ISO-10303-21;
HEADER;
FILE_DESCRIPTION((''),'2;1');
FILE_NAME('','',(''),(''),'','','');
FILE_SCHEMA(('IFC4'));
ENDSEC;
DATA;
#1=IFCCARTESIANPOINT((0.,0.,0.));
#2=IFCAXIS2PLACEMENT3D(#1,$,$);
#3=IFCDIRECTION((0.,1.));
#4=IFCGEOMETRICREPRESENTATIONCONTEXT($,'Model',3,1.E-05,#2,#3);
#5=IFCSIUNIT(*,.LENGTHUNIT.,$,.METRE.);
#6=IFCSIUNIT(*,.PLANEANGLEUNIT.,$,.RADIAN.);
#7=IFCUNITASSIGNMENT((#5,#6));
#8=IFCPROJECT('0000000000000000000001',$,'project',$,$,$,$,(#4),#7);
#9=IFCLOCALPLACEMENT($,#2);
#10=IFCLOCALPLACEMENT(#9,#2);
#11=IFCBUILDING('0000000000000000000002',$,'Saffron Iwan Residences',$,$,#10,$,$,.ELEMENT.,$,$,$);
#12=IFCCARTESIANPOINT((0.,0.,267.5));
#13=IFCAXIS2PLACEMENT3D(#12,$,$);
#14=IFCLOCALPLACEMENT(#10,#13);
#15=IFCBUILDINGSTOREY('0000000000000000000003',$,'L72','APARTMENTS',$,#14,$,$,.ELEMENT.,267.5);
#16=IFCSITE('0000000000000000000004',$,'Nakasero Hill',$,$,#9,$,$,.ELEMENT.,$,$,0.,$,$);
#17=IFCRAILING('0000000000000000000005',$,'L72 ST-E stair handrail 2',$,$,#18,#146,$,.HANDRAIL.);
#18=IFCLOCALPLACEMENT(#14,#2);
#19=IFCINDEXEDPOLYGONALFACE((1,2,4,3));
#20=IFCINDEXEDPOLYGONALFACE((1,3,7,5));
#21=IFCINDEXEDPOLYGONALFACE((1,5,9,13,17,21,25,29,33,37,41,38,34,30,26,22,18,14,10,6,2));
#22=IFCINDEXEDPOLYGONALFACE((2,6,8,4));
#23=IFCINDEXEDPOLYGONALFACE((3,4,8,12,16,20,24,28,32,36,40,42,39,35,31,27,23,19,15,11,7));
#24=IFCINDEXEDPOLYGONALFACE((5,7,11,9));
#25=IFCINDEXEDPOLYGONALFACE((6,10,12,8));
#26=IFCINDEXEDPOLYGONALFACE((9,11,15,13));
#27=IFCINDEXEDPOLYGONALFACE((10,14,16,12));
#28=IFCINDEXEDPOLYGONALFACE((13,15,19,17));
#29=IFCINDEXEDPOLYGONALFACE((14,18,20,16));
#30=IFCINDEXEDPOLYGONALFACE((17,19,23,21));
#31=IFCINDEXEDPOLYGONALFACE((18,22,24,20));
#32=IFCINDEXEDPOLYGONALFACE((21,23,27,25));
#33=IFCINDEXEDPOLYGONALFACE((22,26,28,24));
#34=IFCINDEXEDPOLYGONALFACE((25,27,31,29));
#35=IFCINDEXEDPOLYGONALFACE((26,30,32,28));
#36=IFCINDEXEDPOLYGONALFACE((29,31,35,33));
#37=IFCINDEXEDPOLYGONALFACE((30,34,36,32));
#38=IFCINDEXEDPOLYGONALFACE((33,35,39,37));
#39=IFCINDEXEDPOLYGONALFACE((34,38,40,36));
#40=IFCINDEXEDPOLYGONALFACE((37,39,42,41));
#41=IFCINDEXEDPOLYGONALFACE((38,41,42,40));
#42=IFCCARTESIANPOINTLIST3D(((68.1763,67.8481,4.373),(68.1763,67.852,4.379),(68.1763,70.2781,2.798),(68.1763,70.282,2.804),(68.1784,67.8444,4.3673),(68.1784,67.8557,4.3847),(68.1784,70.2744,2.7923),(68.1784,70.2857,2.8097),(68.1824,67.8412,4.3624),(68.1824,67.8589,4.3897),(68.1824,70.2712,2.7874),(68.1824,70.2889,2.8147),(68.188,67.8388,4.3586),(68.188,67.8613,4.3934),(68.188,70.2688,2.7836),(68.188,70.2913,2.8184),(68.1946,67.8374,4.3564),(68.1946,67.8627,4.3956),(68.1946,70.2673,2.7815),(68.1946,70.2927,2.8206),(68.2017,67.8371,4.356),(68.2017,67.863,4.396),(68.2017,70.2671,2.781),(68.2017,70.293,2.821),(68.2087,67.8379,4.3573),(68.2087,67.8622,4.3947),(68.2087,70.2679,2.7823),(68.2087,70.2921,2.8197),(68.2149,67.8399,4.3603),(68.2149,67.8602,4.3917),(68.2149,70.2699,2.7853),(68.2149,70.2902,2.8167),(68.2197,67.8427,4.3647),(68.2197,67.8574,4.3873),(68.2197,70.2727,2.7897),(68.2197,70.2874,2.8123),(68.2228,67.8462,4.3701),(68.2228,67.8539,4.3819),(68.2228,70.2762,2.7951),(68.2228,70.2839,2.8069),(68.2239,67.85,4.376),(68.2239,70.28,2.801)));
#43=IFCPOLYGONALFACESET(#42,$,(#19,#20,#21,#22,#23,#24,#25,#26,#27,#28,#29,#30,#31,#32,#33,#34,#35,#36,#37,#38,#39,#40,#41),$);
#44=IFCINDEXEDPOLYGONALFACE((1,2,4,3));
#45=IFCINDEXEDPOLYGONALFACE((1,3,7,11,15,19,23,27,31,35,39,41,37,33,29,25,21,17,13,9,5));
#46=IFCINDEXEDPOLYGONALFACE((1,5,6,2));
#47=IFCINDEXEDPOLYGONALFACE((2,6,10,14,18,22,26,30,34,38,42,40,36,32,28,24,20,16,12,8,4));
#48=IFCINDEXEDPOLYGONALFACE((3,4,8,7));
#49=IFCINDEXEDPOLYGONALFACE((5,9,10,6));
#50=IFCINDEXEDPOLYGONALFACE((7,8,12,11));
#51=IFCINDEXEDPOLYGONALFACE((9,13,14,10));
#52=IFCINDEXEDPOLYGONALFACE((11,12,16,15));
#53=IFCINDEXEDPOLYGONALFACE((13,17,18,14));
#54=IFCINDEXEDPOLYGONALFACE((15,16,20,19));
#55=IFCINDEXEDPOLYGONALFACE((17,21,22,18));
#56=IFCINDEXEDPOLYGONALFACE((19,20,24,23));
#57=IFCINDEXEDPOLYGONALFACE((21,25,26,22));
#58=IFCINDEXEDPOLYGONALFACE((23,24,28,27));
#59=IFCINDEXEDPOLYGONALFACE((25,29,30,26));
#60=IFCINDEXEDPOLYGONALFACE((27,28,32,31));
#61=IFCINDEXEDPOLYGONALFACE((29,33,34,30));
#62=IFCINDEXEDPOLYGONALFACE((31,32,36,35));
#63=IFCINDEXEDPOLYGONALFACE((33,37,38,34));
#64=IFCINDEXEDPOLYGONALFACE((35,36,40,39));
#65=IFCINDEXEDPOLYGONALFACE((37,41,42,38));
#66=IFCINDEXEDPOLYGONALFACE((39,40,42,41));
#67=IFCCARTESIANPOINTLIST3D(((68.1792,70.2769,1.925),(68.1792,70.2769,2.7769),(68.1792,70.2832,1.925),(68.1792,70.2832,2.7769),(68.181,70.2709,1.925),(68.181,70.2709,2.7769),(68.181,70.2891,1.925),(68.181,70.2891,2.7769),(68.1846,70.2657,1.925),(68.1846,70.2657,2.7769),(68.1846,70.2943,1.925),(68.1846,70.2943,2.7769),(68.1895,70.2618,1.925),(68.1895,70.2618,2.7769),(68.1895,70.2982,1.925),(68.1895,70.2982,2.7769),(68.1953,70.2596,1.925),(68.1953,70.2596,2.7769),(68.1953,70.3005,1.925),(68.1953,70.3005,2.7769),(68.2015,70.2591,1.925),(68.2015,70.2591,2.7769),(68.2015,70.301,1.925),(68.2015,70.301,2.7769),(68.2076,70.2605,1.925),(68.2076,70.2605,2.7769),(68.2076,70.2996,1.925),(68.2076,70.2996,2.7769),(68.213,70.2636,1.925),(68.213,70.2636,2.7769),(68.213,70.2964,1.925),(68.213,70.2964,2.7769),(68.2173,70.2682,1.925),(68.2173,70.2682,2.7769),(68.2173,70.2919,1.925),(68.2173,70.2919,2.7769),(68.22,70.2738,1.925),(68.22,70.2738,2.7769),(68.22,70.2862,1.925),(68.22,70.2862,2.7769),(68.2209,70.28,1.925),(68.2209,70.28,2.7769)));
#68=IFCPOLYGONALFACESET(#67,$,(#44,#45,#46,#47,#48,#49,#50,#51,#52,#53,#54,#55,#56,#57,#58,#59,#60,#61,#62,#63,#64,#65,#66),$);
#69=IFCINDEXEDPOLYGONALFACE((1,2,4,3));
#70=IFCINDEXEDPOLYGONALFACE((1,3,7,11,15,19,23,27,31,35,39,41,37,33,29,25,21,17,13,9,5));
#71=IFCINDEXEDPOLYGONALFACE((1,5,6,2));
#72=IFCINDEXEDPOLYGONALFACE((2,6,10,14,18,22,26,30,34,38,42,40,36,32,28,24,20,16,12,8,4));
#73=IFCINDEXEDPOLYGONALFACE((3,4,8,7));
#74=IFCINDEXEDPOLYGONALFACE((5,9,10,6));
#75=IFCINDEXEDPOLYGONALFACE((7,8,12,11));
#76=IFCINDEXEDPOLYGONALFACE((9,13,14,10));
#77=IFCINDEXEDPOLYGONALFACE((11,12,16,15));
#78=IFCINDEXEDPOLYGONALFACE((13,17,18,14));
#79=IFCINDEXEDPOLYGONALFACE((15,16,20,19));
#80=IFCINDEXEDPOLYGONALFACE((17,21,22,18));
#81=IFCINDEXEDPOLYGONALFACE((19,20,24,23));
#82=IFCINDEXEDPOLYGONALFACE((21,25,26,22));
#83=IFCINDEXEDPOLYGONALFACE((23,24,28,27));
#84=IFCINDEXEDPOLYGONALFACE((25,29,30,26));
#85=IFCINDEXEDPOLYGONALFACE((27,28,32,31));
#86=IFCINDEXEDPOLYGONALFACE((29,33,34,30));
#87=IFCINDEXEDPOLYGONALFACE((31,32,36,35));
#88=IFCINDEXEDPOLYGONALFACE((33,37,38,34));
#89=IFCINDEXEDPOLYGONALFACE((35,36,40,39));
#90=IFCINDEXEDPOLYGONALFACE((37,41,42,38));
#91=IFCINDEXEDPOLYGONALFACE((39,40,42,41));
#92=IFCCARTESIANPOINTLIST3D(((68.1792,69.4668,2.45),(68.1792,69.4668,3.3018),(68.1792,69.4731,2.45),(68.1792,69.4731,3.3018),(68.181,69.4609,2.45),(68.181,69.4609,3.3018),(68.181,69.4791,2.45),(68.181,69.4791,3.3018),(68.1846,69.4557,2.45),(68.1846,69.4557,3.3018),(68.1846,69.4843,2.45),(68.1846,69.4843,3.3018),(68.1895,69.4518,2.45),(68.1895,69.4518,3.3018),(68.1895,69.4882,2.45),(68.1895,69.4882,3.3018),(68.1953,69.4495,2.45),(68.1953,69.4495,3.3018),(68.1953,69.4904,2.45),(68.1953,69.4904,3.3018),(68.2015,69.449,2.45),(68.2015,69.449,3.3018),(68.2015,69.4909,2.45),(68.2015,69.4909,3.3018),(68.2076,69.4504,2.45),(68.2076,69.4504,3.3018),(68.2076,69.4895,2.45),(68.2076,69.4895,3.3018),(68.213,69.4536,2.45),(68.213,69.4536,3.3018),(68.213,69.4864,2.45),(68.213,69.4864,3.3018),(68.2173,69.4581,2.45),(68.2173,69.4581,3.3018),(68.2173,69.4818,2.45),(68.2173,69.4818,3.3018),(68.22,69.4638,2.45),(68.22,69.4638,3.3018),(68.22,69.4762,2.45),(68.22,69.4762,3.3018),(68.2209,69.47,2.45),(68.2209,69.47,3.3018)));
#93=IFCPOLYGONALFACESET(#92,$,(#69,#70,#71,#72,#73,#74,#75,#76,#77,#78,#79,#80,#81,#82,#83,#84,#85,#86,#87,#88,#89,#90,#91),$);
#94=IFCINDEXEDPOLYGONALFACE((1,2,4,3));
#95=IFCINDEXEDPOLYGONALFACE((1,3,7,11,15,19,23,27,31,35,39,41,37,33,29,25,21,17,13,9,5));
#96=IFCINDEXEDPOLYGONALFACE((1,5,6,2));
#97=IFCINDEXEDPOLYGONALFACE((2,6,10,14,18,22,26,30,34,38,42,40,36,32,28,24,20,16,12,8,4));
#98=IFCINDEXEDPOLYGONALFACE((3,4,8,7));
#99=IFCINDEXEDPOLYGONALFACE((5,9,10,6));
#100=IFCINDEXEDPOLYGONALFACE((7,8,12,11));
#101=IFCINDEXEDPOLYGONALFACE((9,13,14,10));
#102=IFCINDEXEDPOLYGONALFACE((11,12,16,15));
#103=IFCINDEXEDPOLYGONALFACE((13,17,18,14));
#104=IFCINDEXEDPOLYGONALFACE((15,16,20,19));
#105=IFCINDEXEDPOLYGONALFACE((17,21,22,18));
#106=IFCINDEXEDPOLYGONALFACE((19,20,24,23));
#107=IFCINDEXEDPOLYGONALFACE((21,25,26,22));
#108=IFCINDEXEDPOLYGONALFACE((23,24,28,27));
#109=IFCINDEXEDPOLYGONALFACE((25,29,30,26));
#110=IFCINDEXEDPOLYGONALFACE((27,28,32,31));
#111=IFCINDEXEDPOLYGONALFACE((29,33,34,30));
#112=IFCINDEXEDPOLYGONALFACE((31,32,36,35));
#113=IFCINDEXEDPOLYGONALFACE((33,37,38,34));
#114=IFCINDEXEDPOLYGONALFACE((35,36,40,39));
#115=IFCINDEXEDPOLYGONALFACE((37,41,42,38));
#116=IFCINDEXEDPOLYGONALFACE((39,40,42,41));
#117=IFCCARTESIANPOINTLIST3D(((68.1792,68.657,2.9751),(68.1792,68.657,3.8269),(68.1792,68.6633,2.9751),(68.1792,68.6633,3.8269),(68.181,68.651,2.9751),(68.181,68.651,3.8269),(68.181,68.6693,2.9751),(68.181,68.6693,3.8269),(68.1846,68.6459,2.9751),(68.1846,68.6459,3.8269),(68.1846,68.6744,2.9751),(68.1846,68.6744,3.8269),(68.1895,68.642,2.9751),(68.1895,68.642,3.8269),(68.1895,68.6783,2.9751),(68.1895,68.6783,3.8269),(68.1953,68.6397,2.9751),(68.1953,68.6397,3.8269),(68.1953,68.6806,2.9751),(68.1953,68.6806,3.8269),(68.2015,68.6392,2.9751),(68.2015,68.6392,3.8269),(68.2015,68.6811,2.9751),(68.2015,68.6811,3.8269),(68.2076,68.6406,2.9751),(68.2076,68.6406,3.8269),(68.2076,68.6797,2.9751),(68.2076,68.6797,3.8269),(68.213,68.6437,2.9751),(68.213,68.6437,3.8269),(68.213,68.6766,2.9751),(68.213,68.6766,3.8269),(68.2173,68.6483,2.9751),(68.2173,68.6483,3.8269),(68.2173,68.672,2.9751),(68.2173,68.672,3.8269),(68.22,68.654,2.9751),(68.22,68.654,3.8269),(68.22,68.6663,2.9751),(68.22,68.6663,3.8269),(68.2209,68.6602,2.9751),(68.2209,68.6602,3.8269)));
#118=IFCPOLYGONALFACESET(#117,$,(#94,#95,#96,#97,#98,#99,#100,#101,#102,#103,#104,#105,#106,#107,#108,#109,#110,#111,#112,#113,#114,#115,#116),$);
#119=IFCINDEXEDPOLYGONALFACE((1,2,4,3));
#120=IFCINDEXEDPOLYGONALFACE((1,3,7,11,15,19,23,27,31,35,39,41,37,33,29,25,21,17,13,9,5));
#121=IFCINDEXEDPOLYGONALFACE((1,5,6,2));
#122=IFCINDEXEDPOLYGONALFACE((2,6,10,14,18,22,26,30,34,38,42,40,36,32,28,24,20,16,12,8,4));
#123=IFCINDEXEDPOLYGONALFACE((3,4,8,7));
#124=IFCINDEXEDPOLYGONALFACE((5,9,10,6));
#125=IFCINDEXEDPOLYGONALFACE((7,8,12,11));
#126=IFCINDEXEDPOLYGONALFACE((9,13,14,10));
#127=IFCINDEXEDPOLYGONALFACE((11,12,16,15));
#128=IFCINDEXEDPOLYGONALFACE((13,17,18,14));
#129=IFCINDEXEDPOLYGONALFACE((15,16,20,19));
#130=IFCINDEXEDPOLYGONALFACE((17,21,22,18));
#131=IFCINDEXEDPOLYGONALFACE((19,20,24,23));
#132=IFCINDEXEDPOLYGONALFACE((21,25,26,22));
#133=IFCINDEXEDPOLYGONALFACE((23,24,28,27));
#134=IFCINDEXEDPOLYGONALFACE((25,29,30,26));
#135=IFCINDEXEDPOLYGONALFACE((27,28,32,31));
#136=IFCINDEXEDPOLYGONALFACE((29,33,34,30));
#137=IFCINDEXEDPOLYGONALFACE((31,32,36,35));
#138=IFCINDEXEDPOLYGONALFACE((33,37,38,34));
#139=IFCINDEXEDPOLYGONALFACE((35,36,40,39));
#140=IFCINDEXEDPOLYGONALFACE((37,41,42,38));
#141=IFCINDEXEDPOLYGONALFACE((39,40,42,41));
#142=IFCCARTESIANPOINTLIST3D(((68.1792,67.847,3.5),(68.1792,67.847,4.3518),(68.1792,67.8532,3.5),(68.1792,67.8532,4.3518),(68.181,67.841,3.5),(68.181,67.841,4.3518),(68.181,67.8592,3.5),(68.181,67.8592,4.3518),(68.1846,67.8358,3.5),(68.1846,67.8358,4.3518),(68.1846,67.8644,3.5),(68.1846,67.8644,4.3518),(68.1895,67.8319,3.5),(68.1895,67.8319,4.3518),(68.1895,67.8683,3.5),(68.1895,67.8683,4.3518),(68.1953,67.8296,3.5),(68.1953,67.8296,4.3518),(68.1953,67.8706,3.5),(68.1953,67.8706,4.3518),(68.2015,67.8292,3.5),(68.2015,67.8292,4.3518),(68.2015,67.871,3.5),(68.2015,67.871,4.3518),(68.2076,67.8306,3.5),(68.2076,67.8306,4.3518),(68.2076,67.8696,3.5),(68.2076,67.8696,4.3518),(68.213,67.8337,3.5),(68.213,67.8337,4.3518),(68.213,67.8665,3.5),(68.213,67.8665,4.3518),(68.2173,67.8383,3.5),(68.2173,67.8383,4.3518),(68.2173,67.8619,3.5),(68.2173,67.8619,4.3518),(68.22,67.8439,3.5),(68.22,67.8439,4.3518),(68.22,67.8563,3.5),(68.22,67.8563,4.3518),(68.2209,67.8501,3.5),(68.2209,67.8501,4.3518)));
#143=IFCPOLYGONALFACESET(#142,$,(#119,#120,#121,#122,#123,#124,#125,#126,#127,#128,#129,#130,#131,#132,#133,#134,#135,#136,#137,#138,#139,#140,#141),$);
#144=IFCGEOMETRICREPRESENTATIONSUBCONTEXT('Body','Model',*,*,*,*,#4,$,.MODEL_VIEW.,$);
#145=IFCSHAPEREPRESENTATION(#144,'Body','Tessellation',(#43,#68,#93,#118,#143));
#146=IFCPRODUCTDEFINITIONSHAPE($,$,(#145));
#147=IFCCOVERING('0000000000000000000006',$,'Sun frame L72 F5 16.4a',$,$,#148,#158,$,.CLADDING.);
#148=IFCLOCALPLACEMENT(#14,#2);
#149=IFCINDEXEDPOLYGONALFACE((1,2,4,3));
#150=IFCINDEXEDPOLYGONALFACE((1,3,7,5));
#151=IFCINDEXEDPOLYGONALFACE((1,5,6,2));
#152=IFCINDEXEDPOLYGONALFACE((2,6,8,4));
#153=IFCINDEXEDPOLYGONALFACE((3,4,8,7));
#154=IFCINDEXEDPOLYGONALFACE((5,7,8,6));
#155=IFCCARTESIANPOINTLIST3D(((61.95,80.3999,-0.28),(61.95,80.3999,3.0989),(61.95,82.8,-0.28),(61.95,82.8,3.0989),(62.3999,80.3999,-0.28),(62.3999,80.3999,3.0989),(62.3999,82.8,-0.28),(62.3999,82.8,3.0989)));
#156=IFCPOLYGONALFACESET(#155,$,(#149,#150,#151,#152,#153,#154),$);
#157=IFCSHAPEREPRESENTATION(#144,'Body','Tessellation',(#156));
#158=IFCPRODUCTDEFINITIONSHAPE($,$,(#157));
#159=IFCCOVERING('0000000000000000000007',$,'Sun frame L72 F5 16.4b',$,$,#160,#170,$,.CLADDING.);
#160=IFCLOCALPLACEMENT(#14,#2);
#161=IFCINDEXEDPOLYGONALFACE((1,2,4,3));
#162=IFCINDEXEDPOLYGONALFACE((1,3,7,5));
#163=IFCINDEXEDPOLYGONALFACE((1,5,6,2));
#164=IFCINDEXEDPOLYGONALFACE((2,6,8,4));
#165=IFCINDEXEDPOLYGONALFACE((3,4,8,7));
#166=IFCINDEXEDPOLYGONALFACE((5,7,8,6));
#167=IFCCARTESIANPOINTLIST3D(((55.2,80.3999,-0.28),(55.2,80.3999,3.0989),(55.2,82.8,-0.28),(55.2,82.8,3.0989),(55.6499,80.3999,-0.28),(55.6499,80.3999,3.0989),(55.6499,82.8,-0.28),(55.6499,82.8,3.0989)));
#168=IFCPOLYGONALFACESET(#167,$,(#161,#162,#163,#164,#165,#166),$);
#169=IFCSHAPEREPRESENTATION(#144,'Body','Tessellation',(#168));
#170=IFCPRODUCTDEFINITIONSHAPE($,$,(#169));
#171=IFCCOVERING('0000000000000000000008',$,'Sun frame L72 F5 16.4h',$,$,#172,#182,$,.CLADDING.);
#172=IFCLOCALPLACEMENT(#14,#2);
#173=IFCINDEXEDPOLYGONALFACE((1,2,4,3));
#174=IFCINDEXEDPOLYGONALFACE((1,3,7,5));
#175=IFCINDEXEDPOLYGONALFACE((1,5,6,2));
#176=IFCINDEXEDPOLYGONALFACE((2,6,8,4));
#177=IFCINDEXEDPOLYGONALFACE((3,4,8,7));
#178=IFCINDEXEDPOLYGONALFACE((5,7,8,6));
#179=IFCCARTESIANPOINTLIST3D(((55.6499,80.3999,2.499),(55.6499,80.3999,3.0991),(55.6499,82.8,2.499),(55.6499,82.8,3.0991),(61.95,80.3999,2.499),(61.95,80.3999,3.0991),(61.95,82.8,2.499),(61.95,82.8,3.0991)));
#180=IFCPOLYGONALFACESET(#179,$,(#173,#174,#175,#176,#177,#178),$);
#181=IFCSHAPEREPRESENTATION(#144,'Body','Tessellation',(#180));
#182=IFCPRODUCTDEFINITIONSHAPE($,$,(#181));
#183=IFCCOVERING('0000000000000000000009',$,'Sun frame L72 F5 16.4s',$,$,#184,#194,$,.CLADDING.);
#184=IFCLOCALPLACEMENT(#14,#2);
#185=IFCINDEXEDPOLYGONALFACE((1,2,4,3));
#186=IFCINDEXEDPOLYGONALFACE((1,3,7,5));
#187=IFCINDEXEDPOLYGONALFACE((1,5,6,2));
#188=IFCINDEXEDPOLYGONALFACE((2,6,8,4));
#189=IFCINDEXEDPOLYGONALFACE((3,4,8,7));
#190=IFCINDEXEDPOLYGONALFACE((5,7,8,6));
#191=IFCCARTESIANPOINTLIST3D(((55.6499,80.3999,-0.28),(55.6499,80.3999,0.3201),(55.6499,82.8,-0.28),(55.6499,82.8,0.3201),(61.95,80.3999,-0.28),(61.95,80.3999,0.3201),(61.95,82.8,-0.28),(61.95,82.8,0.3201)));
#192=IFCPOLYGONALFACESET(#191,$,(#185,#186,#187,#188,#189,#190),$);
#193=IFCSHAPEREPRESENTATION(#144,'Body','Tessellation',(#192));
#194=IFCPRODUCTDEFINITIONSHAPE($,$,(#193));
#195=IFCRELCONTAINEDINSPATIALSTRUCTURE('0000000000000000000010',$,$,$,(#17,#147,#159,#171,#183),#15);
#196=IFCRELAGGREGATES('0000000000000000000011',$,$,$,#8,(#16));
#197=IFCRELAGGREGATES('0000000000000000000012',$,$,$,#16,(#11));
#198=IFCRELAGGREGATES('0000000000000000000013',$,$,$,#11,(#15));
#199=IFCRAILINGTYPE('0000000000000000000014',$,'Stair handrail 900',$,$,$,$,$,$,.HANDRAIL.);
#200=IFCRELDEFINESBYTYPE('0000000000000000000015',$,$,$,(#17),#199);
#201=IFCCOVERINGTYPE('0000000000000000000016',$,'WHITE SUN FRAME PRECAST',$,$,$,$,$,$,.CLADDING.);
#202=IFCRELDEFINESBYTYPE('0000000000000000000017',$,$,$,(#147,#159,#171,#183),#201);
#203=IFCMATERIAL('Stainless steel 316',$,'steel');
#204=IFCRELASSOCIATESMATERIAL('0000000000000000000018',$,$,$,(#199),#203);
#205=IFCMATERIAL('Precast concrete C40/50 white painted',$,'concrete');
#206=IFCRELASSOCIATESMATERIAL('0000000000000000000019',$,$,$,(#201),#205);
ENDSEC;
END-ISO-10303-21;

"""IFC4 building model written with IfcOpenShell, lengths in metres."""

from ifc_helpers import new_model, si_unit, direction, frame, origin, origin_2d, place, context, subcontext, project, spatial, polyline, circle, outline, extrude, material, type_object, element, save


model = new_model("IFC4")

# Units and contexts
model_context = context("Model", 3, precision=1e-05, world=origin(), true_north=direction((0.0, 1.0)))
body_context = subcontext(model_context, "Body", "Model", "MODEL_VIEW")
ifc_project = project(units=[si_unit("LENGTHUNIT", "METRE"), si_unit("PLANEANGLEUNIT", "RADIAN")], contexts=[model_context])

# Site, building, storey
site_placement = place(None, origin())
site = spatial("IfcSite", under=ifc_project, at=site_placement, Name="Nakasero Hill", CompositionType="ELEMENT", RefElevation=0.0)
building_placement = place(site_placement, origin())
building = spatial("IfcBuilding", under=site, at=building_placement, Name="Saffron Iwan Residences", CompositionType="ELEMENT")
storey_placement = place(building_placement, frame((0.0, 0.0, 267.5)))
storey = spatial("IfcBuildingStorey", under=building, at=storey_placement, Name="L72", Description="APARTMENTS", CompositionType="ELEMENT", Elevation=267.5)

# Railing
ifc_material_1 = material(Name="Stainless steel 316", Category="steel")
railing_type = type_object("IfcRailingType", Name="Stair handrail 900", PredefinedType="HANDRAIL", material=ifc_material_1)
railing_1_placement = place(storey_placement, frame((68.2, 70.28, 1.925)))
element("IfcRailing", 1, at=railing_1_placement, inside=storey, type_object=railing_type, Name="L72 ST-E stair handrail 2", PredefinedType="HANDRAIL", context=body_context, shape_type="SweptSolid", body=[
    extrude(circle(Radius=0.0239, at=origin_2d()), frame((0.0, 0.0, 0.876), z_axis=(0.0, -0.839154, 0.543894), x_axis=(1.0, 0.0, 0.0)), (0.0, 0.0, 1.0), 2.8958),
    extrude(circle(Radius=0.021, at=origin_2d()), origin(), (0.0, 0.0, 1.0), 0.8518),
    extrude(circle(Radius=0.021, at=origin_2d()), frame((0.0, -0.8101, 0.5249)), (0.0, 0.0, 1.0), 0.8518),
    extrude(circle(Radius=0.021, at=origin_2d()), frame((0.0, -1.6199, 1.05)), (0.0, 0.0, 1.0), 0.8518),
    extrude(circle(Radius=0.021, at=origin_2d()), frame((0.0, -2.4299, 1.575)), (0.0, 0.0, 1.0), 0.8518),
])

# Coverings
ifc_material_2 = material(Name="Precast concrete C40/50 white painted", Category="concrete")
covering_type = type_object("IfcCoveringType", Name="WHITE SUN FRAME PRECAST", PredefinedType="CLADDING", material=ifc_material_2)
for number, where, z_axis, x_axis, name in (
    (2, (62.3999, 80.3999, -0.28), (0.0, 1.0, 0.0), (-1.0, 0.0, 0.0), "Sun frame L72 F5 16.4a"),
    (3, (55.6499, 80.3999, -0.28), (0.0, 1.0, 0.0), (-1.0, 0.0, 0.0), "Sun frame L72 F5 16.4b"),
):
    element("IfcCovering", number, at=place(storey_placement, frame(where, z_axis=z_axis, x_axis=x_axis)), inside=storey, type_object=covering_type, Name=name, PredefinedType="CLADDING", context=body_context, shape_type="SweptSolid", body=[
        extrude(outline(polyline([(0.0, 0.0), (0.45, 0.0), (0.45, 3.3789), (0.0, 3.3789), (0.0, 0.0)])), origin(), (0.0, 0.0, 1.0), 2.4001),
    ])
for number, where, z_axis, x_axis, name in (
    (4, (61.95, 80.3999, 2.499), (0.0, 1.0, 0.0), (-1.0, 0.0, 0.0), "Sun frame L72 F5 16.4h"),
    (5, (61.95, 80.3999, -0.28), (0.0, 1.0, 0.0), (-1.0, 0.0, 0.0), "Sun frame L72 F5 16.4s"),
):
    element("IfcCovering", number, at=place(storey_placement, frame(where, z_axis=z_axis, x_axis=x_axis)), inside=storey, type_object=covering_type, Name=name, PredefinedType="CLADDING", context=body_context, shape_type="SweptSolid", body=[
        extrude(outline(polyline([(0.0, 0.0), (6.3, 0.0), (6.3, 0.6001), (0.0, 0.6001), (0.0, 0.0)])), origin(), (0.0, 0.0, 1.0), 2.4001),
    ])

save(model, "model.ifc")
